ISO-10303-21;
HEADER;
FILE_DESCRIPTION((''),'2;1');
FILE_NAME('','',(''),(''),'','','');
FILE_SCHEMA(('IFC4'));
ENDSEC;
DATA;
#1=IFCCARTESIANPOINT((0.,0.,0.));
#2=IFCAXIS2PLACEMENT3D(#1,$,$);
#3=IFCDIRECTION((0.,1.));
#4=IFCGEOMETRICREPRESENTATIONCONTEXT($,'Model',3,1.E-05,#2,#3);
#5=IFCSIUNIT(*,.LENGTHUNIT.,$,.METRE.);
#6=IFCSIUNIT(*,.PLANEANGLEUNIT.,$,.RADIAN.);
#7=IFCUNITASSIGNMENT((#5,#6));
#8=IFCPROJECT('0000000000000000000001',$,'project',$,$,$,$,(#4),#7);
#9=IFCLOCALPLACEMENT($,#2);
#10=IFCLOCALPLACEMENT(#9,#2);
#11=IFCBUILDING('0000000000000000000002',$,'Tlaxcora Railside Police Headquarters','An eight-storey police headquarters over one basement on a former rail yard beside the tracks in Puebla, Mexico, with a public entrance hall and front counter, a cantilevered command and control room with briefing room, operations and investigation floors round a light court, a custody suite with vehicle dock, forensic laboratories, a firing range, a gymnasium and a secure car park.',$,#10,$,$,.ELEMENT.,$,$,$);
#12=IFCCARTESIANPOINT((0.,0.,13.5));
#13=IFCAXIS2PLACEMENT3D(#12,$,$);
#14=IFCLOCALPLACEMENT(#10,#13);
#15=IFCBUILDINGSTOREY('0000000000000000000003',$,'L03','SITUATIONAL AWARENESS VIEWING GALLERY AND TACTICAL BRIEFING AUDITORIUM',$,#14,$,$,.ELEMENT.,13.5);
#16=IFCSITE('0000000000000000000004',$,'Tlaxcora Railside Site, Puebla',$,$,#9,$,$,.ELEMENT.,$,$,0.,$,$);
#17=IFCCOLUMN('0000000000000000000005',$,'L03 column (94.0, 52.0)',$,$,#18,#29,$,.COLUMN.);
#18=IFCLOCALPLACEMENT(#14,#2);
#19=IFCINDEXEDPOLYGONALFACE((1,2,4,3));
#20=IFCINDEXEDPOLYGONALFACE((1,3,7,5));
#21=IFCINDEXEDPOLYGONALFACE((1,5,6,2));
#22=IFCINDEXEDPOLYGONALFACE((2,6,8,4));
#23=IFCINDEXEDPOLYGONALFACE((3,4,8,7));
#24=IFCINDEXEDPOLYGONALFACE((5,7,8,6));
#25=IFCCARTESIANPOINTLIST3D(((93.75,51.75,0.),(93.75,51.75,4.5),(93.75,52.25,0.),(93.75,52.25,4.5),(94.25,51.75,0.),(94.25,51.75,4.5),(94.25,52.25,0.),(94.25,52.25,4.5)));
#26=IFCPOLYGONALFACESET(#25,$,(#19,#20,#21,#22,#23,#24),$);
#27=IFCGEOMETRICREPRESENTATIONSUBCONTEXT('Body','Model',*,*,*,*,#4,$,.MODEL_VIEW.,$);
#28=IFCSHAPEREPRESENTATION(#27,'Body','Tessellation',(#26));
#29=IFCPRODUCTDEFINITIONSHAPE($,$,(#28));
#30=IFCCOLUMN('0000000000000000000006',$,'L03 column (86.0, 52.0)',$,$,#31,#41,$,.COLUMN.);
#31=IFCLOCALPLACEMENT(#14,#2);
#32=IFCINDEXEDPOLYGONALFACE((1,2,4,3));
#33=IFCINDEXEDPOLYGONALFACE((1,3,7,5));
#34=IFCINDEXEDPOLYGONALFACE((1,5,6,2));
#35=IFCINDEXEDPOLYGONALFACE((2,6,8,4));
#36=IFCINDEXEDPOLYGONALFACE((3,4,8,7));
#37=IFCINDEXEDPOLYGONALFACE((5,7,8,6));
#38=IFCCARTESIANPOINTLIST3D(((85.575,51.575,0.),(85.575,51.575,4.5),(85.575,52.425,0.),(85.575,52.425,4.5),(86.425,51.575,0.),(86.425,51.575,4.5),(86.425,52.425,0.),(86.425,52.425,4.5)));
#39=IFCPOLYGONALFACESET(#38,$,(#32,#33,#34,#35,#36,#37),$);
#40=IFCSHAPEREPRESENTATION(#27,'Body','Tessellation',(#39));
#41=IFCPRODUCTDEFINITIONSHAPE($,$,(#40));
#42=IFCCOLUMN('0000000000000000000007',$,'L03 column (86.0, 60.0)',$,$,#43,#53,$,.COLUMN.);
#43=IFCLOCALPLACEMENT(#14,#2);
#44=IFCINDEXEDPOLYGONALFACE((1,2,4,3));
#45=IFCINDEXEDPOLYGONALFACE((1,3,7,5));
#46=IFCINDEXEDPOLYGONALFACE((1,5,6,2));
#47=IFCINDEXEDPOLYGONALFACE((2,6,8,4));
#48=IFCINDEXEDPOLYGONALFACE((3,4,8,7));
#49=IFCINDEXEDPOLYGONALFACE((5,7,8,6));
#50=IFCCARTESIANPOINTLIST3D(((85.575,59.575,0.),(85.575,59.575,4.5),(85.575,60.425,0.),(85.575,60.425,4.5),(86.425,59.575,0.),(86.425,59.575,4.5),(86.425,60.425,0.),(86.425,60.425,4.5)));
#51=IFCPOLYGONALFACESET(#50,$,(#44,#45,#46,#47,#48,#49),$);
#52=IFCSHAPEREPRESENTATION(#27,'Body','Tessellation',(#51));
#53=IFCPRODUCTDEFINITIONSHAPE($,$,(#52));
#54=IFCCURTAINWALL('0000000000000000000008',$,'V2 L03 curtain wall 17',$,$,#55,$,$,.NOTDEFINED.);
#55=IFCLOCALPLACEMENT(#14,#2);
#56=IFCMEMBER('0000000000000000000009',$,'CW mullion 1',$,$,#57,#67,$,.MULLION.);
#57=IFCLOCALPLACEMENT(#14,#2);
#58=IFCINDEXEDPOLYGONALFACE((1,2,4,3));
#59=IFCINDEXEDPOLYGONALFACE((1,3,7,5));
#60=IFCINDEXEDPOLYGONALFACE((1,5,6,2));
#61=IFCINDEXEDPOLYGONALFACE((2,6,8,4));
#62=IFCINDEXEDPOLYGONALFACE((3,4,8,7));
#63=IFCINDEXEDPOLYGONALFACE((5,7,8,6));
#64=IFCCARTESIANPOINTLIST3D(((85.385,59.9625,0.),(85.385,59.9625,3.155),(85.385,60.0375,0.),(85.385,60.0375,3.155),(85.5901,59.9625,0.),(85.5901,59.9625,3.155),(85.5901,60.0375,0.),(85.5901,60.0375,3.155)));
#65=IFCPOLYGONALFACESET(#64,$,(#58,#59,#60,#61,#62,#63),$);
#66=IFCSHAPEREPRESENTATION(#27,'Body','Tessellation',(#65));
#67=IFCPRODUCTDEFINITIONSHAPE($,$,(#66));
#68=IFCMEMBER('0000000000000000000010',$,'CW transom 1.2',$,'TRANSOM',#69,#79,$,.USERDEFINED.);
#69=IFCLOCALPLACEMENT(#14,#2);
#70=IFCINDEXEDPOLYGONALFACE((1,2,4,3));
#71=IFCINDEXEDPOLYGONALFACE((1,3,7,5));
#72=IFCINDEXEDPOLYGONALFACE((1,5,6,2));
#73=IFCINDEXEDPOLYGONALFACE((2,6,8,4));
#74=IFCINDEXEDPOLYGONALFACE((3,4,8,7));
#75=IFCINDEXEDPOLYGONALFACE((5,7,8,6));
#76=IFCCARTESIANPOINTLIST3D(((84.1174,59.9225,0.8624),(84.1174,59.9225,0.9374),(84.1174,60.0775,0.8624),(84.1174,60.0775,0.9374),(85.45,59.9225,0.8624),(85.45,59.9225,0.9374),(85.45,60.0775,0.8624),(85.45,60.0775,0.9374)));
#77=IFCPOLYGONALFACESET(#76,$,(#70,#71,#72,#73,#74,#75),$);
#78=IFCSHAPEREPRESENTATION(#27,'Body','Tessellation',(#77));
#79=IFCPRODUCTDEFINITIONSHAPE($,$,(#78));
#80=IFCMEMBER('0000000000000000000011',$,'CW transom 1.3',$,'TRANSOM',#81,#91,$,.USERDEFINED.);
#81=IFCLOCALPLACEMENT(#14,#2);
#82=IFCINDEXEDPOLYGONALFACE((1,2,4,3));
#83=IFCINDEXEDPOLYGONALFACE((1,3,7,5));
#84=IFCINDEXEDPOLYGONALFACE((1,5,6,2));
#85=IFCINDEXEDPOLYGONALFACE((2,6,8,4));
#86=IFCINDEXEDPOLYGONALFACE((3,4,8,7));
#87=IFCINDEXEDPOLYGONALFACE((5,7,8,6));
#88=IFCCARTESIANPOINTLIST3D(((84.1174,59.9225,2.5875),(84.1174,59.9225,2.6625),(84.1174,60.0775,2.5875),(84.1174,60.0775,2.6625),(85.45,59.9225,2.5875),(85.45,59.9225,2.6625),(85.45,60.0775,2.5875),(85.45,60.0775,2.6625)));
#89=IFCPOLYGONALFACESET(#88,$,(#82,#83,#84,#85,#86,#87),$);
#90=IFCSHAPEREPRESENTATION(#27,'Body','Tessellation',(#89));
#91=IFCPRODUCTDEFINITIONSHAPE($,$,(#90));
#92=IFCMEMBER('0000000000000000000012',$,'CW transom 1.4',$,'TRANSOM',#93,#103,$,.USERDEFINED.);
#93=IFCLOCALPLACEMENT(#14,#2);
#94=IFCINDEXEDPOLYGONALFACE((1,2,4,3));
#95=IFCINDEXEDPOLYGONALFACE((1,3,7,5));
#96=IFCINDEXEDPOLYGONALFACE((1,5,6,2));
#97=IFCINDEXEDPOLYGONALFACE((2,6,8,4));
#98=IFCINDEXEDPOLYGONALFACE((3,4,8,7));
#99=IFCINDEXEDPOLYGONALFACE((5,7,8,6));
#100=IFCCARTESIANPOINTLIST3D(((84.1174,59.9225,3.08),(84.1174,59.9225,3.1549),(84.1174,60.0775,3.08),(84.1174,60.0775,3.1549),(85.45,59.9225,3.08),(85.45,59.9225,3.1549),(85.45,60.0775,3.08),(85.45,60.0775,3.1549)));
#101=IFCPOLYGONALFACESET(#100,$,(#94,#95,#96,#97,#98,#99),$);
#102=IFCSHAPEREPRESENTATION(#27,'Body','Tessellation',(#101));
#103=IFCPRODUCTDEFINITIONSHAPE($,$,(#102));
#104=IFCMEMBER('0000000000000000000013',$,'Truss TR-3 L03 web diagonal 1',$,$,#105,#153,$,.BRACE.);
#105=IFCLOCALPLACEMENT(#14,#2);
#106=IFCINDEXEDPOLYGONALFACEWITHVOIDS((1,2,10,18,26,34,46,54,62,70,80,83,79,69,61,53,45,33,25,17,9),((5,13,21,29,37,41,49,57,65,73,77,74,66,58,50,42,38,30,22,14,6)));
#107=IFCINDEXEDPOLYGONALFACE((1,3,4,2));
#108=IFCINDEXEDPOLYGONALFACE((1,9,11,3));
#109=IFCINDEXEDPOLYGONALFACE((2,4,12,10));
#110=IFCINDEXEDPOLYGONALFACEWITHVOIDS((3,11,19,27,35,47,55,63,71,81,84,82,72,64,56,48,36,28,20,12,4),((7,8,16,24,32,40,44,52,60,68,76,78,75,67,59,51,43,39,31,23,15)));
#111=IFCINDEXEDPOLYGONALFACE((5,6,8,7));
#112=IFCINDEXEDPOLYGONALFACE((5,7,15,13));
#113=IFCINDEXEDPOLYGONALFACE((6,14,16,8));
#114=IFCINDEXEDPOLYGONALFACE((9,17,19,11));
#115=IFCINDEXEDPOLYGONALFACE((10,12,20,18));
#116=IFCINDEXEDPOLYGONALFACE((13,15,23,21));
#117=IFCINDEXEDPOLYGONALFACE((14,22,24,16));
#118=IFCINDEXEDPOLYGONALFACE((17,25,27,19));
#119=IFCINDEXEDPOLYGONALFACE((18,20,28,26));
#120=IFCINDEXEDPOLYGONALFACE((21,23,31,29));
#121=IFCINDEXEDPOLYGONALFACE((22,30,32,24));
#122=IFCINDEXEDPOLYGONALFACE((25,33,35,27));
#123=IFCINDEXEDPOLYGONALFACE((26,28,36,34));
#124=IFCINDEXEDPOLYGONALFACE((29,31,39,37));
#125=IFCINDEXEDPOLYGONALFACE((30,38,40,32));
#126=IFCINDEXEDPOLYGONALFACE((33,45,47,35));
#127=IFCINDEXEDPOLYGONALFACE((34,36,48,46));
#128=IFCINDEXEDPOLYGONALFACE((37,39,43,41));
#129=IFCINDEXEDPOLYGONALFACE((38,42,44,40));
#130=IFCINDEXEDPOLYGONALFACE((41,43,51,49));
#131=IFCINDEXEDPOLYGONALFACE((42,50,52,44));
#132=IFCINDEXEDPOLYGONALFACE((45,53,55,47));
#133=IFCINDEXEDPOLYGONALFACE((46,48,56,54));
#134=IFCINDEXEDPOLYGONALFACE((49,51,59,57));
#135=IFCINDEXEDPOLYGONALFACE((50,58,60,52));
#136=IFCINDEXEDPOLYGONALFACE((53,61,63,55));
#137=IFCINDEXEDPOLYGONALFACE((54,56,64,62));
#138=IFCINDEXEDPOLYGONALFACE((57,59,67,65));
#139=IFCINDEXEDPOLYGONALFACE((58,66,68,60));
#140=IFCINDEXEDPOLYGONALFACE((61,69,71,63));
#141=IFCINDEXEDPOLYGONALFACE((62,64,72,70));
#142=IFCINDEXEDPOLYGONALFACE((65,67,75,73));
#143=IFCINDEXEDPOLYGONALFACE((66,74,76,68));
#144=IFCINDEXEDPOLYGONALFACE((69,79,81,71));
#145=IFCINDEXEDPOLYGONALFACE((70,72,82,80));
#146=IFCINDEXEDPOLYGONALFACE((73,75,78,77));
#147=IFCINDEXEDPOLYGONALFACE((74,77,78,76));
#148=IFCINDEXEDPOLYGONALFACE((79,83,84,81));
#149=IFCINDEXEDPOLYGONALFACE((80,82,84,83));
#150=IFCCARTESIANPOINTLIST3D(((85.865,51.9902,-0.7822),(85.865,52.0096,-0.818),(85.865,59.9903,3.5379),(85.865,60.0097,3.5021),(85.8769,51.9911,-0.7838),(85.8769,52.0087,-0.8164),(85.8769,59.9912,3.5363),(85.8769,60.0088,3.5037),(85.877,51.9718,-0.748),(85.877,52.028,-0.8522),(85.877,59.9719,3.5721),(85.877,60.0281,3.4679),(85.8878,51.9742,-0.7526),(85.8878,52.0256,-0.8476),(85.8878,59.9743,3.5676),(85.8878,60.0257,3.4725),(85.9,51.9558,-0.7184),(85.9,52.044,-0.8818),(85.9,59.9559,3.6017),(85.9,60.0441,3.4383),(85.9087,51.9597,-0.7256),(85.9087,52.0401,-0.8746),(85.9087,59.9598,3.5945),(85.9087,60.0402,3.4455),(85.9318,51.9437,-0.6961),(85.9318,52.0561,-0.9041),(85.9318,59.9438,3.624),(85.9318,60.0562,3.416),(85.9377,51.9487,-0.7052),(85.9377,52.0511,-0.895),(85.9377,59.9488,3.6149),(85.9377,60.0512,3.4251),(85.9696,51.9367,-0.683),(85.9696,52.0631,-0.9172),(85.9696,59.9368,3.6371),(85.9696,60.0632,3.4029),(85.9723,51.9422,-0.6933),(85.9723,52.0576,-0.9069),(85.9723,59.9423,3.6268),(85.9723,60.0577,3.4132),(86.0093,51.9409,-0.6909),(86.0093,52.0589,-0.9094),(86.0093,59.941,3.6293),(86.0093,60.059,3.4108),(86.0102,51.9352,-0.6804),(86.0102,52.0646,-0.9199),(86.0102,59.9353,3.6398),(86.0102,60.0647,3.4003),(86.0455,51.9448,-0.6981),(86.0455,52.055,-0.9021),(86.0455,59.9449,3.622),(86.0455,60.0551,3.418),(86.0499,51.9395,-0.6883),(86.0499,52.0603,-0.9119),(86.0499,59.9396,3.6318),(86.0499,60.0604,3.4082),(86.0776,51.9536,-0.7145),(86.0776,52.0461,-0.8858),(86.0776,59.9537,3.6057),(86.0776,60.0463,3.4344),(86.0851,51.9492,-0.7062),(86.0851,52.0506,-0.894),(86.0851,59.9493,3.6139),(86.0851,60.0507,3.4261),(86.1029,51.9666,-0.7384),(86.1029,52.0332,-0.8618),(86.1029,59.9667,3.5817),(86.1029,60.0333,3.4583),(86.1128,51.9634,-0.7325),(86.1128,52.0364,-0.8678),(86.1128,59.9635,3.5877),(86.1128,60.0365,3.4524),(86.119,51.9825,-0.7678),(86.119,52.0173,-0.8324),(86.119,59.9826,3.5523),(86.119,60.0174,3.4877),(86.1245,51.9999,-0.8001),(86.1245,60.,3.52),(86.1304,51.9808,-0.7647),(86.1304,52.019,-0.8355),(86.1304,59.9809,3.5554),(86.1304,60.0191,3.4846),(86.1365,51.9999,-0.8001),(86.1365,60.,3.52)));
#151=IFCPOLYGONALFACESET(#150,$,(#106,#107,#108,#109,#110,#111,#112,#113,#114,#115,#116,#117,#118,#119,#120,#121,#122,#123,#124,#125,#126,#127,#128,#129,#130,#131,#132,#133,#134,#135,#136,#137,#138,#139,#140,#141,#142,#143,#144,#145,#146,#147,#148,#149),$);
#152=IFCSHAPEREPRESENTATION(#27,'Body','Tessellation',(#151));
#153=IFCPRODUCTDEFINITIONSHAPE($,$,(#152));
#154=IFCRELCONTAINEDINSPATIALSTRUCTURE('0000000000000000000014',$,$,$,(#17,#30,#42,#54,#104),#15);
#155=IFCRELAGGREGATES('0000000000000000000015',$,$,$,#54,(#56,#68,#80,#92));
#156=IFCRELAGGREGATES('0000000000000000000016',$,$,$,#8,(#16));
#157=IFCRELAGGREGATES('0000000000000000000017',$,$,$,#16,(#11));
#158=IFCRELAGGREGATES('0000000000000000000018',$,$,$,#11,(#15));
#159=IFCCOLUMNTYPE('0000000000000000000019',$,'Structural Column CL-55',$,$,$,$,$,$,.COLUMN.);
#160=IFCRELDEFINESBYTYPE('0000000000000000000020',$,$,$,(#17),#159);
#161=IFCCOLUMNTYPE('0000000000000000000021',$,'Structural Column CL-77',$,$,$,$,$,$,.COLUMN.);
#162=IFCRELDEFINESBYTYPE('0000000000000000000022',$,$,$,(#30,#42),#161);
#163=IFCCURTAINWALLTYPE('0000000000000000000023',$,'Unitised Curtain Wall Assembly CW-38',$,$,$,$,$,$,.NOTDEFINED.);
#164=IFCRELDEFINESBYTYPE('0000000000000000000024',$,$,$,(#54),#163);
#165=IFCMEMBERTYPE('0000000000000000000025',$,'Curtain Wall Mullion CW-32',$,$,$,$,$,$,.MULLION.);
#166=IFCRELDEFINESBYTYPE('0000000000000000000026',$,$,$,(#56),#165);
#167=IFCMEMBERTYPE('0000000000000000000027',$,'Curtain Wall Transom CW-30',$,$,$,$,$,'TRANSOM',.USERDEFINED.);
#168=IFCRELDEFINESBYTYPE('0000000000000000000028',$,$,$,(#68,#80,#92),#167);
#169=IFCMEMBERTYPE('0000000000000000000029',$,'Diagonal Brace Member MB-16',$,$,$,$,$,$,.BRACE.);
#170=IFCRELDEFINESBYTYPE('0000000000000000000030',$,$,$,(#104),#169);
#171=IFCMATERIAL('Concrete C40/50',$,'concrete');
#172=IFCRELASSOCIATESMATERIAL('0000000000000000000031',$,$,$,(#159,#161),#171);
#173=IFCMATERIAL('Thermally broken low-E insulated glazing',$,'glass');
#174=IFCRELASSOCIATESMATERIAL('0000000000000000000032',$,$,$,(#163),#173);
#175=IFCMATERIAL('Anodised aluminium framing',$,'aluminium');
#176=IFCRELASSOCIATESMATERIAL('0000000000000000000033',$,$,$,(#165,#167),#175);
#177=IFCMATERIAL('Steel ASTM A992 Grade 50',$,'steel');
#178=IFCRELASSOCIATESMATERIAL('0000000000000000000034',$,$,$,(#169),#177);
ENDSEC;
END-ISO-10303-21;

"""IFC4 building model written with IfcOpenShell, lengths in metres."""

from ifc_helpers import new_model, si_unit, direction, frame, origin, origin_2d, place, context, subcontext, project, spatial, rectangle, hollow_circle, extrude, material, material_profile, profile_set, type_object, element, aggregate, save


model = new_model("IFC4")

# Units and contexts
model_context = context("Model", 3, precision=1e-05, world=origin(), true_north=direction((0.0, 1.0)))
body_context = subcontext(model_context, "Body", "Model", "MODEL_VIEW")
ifc_project = project(units=[si_unit("LENGTHUNIT", "METRE"), si_unit("PLANEANGLEUNIT", "RADIAN")], contexts=[model_context])

# Site, building, storey
site_placement = place(None, origin())
site = spatial("IfcSite", under=ifc_project, at=site_placement, Name="Tlaxcora Railside Site, Puebla", CompositionType="ELEMENT", RefElevation=0.0)
building_placement = place(site_placement, origin())
building = spatial("IfcBuilding", under=site, at=building_placement, Name="Tlaxcora Railside Police Headquarters", Description="An eight-storey police headquarters over one basement on a former rail yard beside the tracks in Puebla, Mexico, with a public entrance hall and front counter, a cantilevered command and control room with briefing room, operations and investigation floors round a light court, a custody suite with vehicle dock, forensic laboratories, a firing range, a gymnasium and a secure car park.", CompositionType="ELEMENT")
storey_placement = place(building_placement, frame((0.0, 0.0, 13.5)))
storey = spatial("IfcBuildingStorey", under=building, at=storey_placement, Name="L03", Description="SITUATIONAL AWARENESS VIEWING GALLERY AND TACTICAL BRIEFING AUDITORIUM", CompositionType="ELEMENT", Elevation=13.5)

# Columns
ifc_material_1 = material(Name="Concrete C40/50", Category="concrete")
ifc_material_profile_1 = material_profile(ifc_material_1, rectangle(XDim=0.5, YDim=0.5, at=origin_2d()), Name="RC500X500")
ifc_profile_set_1 = profile_set([ifc_material_profile_1], Name="Concrete C40/50")
column_type_1 = type_object("IfcColumnType", Name="Structural Column CL-55", PredefinedType="COLUMN", material=ifc_profile_set_1)
column_placement = place(storey_placement, frame((94.0, 52.0, 0.0), z_axis=(0.0, 0.0, 1.0), x_axis=(1.0, 0.0, 0.0)))
element("IfcColumn", 1, at=column_placement, inside=storey, type_object=column_type_1, Name="L03 column (94.0, 52.0)", PredefinedType="COLUMN", context=body_context, shape_type="SweptSolid", body=[
    extrude(rectangle(XDim=0.5, YDim=0.5, at=origin_2d()), origin(), (0.0, 0.0, 1.0), 4.5),
])
ifc_material_profile_2 = material_profile(ifc_material_1, rectangle(XDim=0.8501, YDim=0.8501, at=origin_2d()), Name="RC850X850")
ifc_profile_set_2 = profile_set([ifc_material_profile_2], Name="Concrete C40/50")
column_type_2 = type_object("IfcColumnType", Name="Structural Column CL-77", PredefinedType="COLUMN", material=ifc_profile_set_2)
for number, where, z_axis, x_axis, name in (
    (2, (86.0, 52.0, 0.0), (0.0, 0.0, 1.0), (1.0, 0.0, 0.0), "L03 column (86.0, 52.0)"),
    (3, (86.0, 60.0, 0.0), (0.0, 0.0, 1.0), (1.0, 0.0, 0.0), "L03 column (86.0, 60.0)"),
):
    element("IfcColumn", number, at=place(storey_placement, frame(where, z_axis=z_axis, x_axis=x_axis)), inside=storey, type_object=column_type_2, Name=name, PredefinedType="COLUMN", context=body_context, shape_type="SweptSolid", body=[
        extrude(rectangle(XDim=0.8501, YDim=0.8501, at=origin_2d()), origin(), (0.0, 0.0, 1.0), 4.5),
    ])

# Curtain wall, members
ifc_material_2 = material(Name="Thermally broken low-E insulated glazing", Category="glass")
curtain_wall_type = type_object("IfcCurtainWallType", Name="Unitised Curtain Wall Assembly CW-38", PredefinedType="NOTDEFINED", material=ifc_material_2)
curtain_wall_placement = place(storey_placement, origin())
curtain_wall = element("IfcCurtainWall", 4, at=curtain_wall_placement, inside=storey, type_object=curtain_wall_type, Name="V2 L03 curtain wall 17", PredefinedType="NOTDEFINED")
ifc_material_3 = material(Name="Anodised aluminium framing", Category="aluminium")
ifc_material_profile_3 = material_profile(ifc_material_3, rectangle(XDim=0.075, YDim=0.2051, at=origin_2d()), Name="AL75X205")
ifc_profile_set_3 = profile_set([ifc_material_profile_3], Name="Anodised aluminium framing")
member_type_1 = type_object("IfcMemberType", Name="Curtain Wall Mullion CW-32", PredefinedType="MULLION", material=ifc_profile_set_3)
member_1_placement = place(storey_placement, frame((85.4875, 60.0, 0.0), z_axis=(0.0, 0.0, 1.0), x_axis=(0.0, -1.0, 0.0)))
member_1 = element("IfcMember", 5, at=member_1_placement, type_object=member_type_1, Name="CW mullion 1", PredefinedType="MULLION", context=body_context, shape_type="SweptSolid", body=[
    extrude(rectangle(XDim=0.075, YDim=0.2051, at=origin_2d()), origin(), (0.0, 0.0, 1.0), 3.155),
])
ifc_material_profile_4 = material_profile(ifc_material_3, rectangle(XDim=0.155, YDim=0.075, at=origin_2d()), Name="AL75X155")
ifc_profile_set_4 = profile_set([ifc_material_profile_4], Name="Anodised aluminium framing")
member_type_2 = type_object("IfcMemberType", Name="Curtain Wall Transom CW-30", ElementType="TRANSOM", PredefinedType="USERDEFINED", material=ifc_profile_set_4)
member_2_placement = place(storey_placement, frame((85.45, 60.0, 0.8999), z_axis=(-1.0, 0.0, 0.0), x_axis=(0.0, -1.0, 0.0)))
member_2 = element("IfcMember", 6, at=member_2_placement, type_object=member_type_2, Name="CW transom 1.2", ObjectType="TRANSOM", PredefinedType="USERDEFINED", context=body_context, shape_type="SweptSolid", body=[
    extrude(rectangle(XDim=0.155, YDim=0.075, at=origin_2d()), origin(), (0.0, 0.0, 1.0), 1.3325),
])
member_3_placement = place(storey_placement, frame((85.45, 60.0, 2.625), z_axis=(-1.0, 0.0, 0.0), x_axis=(0.0, -1.0, 0.0)))
member_3 = element("IfcMember", 7, at=member_3_placement, type_object=member_type_2, Name="CW transom 1.3", ObjectType="TRANSOM", PredefinedType="USERDEFINED", context=body_context, shape_type="SweptSolid", body=[
    extrude(rectangle(XDim=0.155, YDim=0.075, at=origin_2d()), origin(), (0.0, 0.0, 1.0), 1.3325),
])
member_4_placement = place(storey_placement, frame((85.45, 60.0, 3.1174), z_axis=(-1.0, 0.0, 0.0), x_axis=(0.0, -1.0, 0.0)))
member_4 = element("IfcMember", 8, at=member_4_placement, type_object=member_type_2, Name="CW transom 1.4", ObjectType="TRANSOM", PredefinedType="USERDEFINED", context=body_context, shape_type="SweptSolid", body=[
    extrude(rectangle(XDim=0.155, YDim=0.075, at=origin_2d()), origin(), (0.0, 0.0, 1.0), 1.3325),
])
aggregate(curtain_wall, [member_1, member_2, member_3, member_4])

# Member
ifc_material_4 = material(Name="Steel ASTM A992 Grade 50", Category="steel")
ifc_material_profile_5 = material_profile(ifc_material_4, hollow_circle(Radius=0.1365, WallThickness=0.012, at=origin_2d()), Name="CHS273X12")
ifc_profile_set_5 = profile_set([ifc_material_profile_5], Name="Steel ASTM A992 Grade 50")
member_type_3 = type_object("IfcMemberType", Name="Diagonal Brace Member MB-16", PredefinedType="BRACE", material=ifc_profile_set_5)
for number, where, z_axis, x_axis, name in (
    (9, (86.0, 60.0, 3.52), (0.0, -0.879902, -0.475155), (1.0, 0.0, 0.0), "Truss TR-3 L03 web diagonal 1"),
):
    element("IfcMember", number, at=place(storey_placement, frame(where, z_axis=z_axis, x_axis=x_axis)), inside=storey, type_object=member_type_3, Name=name, PredefinedType="BRACE", context=body_context, shape_type="SweptSolid", body=[
        extrude(hollow_circle(Radius=0.1365, WallThickness=0.012, at=origin_2d()), origin(), (0.0, 0.0, 1.0), 9.092),
    ])

save(model, "model.ifc")
